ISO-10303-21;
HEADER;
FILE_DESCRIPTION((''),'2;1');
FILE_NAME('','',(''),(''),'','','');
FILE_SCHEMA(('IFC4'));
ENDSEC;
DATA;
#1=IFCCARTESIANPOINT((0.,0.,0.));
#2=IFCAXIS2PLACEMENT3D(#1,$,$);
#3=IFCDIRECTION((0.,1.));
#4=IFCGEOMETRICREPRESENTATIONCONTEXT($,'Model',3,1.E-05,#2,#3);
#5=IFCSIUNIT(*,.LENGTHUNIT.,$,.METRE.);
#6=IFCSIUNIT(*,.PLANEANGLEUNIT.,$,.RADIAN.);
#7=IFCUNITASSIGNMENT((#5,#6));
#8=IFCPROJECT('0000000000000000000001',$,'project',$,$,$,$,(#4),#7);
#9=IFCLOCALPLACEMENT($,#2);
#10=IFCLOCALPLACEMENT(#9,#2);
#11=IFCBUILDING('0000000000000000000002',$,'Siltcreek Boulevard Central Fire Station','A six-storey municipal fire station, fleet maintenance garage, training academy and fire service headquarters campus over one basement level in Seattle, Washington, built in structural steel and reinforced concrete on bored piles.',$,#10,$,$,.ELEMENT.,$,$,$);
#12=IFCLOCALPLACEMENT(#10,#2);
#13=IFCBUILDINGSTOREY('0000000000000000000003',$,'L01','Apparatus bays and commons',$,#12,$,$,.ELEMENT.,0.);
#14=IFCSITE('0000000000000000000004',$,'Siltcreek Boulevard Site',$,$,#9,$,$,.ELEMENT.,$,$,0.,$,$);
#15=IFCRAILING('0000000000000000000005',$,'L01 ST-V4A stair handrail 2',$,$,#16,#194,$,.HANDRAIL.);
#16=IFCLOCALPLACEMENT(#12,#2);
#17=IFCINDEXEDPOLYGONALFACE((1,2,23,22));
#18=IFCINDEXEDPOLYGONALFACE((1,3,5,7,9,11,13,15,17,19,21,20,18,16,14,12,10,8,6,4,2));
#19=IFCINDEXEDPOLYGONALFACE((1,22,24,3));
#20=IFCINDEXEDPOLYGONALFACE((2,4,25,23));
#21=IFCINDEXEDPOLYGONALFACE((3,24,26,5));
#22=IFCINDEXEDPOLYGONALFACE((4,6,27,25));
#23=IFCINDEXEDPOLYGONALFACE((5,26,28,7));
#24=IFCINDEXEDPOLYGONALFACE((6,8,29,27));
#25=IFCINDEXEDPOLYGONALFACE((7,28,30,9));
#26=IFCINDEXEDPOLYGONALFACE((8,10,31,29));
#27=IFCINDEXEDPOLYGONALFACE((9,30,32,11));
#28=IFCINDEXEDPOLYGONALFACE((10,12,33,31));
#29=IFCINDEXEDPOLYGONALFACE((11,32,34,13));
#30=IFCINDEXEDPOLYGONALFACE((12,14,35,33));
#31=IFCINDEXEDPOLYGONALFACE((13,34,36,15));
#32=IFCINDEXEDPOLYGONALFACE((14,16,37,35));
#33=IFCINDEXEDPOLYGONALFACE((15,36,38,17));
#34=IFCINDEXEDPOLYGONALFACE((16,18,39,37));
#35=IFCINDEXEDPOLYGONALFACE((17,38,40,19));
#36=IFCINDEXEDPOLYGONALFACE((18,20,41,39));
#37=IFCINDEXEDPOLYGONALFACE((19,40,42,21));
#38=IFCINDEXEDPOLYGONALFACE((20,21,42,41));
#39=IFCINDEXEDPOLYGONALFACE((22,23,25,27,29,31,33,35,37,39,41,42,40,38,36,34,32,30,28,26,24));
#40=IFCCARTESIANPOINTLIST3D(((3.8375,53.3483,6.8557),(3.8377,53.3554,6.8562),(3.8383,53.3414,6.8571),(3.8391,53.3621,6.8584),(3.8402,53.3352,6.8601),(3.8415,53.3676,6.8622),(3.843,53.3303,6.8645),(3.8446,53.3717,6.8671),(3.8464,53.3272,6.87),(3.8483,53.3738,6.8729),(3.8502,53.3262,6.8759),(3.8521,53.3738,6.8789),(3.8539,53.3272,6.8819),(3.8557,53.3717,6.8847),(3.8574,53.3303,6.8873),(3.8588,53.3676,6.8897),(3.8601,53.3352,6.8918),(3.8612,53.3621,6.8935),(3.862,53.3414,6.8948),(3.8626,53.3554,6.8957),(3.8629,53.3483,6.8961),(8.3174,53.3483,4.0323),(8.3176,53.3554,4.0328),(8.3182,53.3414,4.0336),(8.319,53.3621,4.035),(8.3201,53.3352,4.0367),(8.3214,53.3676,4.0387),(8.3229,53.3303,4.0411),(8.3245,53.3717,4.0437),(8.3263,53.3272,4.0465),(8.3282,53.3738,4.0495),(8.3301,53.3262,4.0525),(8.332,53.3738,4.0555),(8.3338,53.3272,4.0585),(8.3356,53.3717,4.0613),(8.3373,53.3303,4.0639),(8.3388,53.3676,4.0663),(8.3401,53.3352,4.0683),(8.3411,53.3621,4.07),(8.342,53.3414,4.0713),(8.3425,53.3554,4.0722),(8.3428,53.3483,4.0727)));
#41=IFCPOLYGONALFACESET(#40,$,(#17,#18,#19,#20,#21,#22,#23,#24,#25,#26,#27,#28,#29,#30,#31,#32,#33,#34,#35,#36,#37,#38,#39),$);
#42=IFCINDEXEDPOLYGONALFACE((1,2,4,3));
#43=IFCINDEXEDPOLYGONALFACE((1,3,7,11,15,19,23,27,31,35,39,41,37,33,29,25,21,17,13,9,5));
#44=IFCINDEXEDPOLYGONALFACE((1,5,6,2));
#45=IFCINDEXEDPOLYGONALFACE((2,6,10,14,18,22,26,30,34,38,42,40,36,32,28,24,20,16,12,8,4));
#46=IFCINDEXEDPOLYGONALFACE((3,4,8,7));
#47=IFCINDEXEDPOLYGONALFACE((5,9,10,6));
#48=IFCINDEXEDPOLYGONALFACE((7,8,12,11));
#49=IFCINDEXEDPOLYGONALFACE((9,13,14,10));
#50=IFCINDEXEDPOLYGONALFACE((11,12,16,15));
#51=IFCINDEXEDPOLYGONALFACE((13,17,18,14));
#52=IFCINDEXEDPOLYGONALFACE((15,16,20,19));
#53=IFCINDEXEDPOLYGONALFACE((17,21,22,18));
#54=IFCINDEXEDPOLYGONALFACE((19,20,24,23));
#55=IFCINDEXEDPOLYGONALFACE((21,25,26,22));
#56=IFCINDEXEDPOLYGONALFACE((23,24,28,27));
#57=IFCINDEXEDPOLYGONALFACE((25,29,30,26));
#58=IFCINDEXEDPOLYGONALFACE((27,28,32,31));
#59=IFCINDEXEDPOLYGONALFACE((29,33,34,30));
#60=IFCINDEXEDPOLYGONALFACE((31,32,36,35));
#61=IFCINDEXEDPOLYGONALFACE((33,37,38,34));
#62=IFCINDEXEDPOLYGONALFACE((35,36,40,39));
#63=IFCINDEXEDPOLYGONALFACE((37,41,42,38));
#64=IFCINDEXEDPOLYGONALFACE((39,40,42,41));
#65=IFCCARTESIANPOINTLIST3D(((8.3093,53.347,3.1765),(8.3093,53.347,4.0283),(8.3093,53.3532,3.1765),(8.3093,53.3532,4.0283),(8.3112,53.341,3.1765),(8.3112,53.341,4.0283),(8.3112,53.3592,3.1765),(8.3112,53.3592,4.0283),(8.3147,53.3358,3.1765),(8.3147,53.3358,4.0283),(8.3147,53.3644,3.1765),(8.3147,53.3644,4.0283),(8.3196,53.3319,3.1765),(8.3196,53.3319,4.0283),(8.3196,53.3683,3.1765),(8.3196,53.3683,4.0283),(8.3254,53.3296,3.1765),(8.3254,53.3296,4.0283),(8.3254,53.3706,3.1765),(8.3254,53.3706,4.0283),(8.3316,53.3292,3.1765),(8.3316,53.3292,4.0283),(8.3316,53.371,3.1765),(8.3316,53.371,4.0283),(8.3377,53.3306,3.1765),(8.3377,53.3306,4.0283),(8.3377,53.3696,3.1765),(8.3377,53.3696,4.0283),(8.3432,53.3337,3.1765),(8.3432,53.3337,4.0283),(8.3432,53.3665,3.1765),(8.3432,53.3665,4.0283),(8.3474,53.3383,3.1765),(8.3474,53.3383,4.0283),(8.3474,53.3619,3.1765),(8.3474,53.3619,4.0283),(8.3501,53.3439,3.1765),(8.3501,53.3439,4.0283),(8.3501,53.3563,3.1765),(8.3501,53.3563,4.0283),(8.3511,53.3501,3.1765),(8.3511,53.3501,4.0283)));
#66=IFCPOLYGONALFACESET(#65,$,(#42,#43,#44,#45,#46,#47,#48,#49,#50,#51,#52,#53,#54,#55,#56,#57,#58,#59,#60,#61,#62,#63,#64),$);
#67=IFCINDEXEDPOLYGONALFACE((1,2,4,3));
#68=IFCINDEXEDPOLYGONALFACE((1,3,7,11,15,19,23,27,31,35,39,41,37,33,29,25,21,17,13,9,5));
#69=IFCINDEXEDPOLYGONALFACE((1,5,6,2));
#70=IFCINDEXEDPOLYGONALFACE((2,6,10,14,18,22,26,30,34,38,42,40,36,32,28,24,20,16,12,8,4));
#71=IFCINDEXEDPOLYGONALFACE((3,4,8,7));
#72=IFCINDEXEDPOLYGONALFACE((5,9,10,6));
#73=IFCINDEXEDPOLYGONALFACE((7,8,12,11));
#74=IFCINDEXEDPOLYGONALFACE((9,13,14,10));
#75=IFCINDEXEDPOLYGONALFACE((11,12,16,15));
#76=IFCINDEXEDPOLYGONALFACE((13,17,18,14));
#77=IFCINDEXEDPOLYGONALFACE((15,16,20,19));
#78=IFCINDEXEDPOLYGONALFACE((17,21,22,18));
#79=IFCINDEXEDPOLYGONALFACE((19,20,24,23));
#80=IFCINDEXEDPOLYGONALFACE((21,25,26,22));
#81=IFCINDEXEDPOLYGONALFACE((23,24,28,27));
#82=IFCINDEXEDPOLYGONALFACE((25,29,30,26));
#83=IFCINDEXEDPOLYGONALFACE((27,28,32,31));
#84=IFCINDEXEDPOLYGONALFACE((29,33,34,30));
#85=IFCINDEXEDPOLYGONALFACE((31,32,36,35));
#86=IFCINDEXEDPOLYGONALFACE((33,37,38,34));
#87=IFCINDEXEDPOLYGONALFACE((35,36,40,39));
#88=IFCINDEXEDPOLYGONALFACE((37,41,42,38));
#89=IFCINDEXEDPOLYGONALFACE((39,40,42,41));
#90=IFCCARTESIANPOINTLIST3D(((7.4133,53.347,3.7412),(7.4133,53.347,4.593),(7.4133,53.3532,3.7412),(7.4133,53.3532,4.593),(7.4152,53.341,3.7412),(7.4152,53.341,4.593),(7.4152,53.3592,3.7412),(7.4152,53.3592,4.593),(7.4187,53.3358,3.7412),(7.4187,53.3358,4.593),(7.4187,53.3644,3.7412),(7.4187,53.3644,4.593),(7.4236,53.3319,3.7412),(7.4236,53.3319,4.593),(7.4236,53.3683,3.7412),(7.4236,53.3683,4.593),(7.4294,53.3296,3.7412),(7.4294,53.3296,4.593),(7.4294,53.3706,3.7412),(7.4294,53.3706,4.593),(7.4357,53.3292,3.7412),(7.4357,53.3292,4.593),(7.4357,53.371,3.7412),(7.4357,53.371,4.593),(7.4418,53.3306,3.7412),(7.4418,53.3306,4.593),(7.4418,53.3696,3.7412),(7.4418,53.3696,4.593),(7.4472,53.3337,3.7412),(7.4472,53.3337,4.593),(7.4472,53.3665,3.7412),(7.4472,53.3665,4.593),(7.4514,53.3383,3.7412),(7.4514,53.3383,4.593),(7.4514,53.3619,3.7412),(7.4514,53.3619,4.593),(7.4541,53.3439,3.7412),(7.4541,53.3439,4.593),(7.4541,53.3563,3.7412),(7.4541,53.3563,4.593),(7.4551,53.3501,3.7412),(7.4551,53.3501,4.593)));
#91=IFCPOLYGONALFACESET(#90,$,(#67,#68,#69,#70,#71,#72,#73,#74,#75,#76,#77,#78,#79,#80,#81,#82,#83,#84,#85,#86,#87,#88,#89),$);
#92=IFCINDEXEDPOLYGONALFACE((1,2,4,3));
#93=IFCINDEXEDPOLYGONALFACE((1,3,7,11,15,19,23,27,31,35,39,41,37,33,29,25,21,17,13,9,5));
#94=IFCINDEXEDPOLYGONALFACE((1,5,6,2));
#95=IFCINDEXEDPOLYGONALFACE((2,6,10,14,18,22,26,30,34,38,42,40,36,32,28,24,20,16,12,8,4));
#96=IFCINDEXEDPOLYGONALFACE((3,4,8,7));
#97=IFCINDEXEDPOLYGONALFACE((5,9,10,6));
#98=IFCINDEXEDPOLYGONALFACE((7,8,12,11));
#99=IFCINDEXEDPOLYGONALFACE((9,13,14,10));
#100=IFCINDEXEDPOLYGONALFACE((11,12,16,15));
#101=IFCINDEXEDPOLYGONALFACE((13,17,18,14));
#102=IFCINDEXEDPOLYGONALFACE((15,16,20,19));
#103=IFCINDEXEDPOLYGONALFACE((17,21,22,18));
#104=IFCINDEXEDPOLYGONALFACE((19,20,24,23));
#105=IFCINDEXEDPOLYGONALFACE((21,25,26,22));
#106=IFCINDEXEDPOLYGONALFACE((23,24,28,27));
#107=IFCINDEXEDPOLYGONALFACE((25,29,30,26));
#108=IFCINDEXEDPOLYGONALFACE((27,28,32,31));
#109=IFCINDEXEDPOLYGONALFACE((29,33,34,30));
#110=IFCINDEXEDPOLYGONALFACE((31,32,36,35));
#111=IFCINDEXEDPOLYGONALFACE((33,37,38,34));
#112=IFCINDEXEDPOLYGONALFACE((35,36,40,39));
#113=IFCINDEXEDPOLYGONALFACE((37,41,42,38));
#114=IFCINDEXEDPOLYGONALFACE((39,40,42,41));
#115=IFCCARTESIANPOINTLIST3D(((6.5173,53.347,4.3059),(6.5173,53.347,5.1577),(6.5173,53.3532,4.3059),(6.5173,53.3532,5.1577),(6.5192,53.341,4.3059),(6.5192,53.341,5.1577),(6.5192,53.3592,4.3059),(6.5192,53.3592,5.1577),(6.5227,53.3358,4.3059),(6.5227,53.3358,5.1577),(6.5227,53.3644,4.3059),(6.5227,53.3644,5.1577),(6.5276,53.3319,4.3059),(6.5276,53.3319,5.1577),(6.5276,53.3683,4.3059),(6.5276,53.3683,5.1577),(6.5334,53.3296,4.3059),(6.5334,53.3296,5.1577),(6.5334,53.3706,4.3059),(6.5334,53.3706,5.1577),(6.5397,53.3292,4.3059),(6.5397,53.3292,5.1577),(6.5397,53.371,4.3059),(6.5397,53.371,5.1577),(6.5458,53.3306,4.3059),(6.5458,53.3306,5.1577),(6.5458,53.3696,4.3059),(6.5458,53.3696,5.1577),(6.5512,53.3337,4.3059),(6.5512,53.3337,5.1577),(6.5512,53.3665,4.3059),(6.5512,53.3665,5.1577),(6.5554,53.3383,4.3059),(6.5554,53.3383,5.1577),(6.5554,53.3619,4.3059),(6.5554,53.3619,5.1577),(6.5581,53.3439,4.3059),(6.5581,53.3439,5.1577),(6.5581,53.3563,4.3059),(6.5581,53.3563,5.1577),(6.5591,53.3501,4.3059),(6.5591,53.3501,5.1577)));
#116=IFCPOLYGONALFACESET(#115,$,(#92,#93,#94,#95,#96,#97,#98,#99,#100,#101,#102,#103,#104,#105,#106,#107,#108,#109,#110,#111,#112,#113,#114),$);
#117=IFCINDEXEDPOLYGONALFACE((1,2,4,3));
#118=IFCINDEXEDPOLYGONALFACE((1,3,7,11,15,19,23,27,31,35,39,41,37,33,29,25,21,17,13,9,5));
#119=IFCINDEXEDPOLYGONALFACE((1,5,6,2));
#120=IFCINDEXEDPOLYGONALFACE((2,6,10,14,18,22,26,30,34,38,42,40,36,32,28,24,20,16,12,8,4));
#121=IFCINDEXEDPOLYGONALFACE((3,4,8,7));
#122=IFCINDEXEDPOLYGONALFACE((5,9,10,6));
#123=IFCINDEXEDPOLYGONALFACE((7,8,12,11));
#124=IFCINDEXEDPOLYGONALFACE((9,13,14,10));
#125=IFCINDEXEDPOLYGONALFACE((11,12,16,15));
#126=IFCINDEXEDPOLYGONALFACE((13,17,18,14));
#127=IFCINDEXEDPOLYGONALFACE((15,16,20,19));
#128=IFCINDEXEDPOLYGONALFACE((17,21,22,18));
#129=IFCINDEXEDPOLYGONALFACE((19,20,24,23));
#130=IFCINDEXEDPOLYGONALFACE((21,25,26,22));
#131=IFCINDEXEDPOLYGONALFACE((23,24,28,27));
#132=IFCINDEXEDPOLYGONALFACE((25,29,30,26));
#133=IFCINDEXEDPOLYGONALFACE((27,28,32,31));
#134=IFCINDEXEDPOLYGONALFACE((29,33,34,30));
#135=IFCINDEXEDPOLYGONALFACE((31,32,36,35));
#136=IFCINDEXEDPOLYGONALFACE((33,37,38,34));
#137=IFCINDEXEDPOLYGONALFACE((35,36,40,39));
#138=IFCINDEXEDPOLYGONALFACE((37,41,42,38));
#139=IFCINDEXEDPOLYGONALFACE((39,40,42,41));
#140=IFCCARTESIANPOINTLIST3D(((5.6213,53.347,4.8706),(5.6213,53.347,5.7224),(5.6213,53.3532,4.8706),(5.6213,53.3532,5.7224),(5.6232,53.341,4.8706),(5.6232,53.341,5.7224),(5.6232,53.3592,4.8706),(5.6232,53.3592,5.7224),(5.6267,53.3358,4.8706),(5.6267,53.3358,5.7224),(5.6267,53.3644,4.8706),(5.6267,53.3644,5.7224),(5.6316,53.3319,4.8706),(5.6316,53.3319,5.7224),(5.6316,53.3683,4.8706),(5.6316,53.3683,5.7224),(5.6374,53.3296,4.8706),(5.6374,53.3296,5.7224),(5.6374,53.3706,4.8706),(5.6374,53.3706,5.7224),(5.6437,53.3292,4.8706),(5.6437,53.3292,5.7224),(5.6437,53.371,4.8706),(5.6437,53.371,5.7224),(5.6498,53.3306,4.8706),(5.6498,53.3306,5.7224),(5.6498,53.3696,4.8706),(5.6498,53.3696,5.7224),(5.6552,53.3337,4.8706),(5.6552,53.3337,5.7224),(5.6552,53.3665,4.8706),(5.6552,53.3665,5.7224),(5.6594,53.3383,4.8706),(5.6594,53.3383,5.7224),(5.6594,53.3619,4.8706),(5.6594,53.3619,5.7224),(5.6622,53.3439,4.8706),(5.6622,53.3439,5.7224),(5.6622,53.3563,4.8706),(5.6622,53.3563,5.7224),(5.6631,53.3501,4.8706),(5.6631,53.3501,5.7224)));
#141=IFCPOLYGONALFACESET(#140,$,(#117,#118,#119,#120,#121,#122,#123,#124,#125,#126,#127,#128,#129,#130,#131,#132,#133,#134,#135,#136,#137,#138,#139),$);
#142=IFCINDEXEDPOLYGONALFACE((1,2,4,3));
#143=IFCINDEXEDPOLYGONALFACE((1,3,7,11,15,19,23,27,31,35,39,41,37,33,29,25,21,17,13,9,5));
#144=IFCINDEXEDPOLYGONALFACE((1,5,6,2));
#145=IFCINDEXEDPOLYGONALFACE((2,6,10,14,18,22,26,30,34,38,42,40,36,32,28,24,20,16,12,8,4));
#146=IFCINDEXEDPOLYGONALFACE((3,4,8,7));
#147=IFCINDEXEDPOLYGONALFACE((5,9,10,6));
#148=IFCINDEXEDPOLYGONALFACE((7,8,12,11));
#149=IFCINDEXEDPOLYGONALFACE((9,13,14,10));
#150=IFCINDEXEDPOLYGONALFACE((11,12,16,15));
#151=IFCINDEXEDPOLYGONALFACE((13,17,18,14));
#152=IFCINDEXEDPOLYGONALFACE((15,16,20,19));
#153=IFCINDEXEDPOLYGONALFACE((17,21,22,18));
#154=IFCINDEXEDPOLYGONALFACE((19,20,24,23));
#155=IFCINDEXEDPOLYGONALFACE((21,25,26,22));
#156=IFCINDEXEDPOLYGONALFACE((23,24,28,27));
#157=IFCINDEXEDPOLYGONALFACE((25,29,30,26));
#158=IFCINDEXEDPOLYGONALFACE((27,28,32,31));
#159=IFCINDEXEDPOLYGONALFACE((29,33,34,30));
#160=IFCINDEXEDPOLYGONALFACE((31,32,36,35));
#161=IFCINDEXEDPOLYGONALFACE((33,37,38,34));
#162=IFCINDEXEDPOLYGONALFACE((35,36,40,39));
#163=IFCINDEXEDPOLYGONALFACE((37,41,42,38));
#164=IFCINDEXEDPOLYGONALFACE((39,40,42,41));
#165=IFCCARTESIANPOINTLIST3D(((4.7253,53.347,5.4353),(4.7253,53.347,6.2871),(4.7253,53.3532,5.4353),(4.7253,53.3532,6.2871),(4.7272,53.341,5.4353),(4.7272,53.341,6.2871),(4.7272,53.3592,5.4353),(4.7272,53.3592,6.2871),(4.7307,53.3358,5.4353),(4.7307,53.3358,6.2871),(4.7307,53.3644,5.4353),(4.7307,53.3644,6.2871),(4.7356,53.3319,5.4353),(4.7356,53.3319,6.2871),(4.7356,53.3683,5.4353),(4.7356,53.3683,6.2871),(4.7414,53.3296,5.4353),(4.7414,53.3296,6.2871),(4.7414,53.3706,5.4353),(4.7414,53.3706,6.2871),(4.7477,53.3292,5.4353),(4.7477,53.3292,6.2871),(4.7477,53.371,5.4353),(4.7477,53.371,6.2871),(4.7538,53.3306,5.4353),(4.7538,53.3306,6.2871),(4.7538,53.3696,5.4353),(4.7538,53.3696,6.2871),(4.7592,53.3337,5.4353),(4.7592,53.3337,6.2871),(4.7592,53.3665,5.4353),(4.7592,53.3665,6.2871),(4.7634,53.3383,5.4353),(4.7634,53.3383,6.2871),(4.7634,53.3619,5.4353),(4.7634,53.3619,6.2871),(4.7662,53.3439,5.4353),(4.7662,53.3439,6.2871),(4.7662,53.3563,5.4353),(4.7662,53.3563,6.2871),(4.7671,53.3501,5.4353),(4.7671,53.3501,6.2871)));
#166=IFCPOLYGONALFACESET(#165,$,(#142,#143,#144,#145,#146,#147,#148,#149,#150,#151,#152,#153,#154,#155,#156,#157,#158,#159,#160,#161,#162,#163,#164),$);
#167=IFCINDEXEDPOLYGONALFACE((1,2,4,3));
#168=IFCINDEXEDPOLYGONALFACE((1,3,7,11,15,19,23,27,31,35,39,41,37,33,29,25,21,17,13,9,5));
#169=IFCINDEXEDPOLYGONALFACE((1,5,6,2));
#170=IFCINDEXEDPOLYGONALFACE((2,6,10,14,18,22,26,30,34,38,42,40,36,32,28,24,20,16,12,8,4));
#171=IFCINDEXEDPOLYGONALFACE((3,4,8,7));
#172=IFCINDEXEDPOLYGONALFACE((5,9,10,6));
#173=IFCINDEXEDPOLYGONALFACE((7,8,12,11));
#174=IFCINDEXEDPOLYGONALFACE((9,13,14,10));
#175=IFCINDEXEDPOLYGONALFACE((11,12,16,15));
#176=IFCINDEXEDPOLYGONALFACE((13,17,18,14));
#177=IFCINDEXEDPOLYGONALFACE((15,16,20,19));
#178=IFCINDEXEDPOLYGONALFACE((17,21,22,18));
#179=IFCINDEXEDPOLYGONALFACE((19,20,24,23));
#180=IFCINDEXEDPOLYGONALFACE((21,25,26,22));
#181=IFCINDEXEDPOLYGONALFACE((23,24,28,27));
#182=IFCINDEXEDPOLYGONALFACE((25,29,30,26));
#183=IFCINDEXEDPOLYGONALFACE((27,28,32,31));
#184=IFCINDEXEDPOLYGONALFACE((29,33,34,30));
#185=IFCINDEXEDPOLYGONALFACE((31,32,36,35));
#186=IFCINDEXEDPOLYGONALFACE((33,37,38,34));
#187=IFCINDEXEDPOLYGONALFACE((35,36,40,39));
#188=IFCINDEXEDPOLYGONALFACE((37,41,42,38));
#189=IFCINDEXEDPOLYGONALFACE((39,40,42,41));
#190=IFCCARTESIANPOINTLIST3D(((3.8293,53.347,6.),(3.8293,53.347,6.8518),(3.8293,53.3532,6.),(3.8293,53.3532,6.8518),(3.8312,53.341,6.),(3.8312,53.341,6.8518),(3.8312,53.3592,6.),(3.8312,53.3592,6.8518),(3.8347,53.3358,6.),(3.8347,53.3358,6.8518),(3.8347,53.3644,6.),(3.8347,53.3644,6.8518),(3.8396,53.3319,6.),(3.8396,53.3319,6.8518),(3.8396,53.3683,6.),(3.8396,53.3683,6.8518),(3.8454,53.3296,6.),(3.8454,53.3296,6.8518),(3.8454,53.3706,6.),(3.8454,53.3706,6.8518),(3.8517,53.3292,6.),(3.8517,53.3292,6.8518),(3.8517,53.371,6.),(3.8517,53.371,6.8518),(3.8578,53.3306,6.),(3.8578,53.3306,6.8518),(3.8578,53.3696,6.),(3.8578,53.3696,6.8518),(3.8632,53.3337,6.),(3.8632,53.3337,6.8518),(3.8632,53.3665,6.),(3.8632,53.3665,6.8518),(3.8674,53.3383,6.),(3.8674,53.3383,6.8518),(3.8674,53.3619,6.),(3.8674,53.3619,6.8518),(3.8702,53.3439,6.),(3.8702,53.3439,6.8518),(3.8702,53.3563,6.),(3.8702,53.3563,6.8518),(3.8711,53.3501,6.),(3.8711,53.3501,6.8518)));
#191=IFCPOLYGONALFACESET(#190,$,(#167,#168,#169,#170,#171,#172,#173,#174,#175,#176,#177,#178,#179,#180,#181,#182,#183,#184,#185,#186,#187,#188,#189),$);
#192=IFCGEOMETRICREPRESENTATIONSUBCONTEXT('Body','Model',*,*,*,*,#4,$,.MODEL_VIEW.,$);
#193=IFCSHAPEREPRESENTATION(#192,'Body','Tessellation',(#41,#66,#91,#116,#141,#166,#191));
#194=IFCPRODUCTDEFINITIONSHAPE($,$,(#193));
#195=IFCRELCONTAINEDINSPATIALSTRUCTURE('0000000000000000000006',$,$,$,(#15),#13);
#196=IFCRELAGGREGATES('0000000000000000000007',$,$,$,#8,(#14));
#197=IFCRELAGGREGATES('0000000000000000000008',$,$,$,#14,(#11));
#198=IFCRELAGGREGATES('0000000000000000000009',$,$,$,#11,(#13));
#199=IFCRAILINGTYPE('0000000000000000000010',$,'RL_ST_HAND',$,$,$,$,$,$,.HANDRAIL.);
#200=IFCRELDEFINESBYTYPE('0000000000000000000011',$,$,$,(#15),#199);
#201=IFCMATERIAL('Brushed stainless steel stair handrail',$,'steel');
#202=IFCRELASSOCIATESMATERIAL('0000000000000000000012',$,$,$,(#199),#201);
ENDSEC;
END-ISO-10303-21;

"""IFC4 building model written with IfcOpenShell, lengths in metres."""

from ifc_helpers import new_model, si_unit, direction, frame, origin, origin_2d, place, context, subcontext, project, spatial, circle, extrude, material, type_object, element, save


model = new_model("IFC4")

# Units and contexts
model_context = context("Model", 3, precision=1e-05, world=origin(), true_north=direction((0.0, 1.0)))
body_context = subcontext(model_context, "Body", "Model", "MODEL_VIEW")
ifc_project = project(units=[si_unit("LENGTHUNIT", "METRE"), si_unit("PLANEANGLEUNIT", "RADIAN")], contexts=[model_context])

# Site, building, storey
site_placement = place(None, origin())
site = spatial("IfcSite", under=ifc_project, at=site_placement, Name="Siltcreek Boulevard Site", CompositionType="ELEMENT", RefElevation=0.0)
building_placement = place(site_placement, origin())
building = spatial("IfcBuilding", under=site, at=building_placement, Name="Siltcreek Boulevard Central Fire Station", Description="A six-storey municipal fire station, fleet maintenance garage, training academy and fire service headquarters campus over one basement level in Seattle, Washington, built in structural steel and reinforced concrete on bored piles.", CompositionType="ELEMENT")
storey_placement = place(building_placement, origin())
storey = spatial("IfcBuildingStorey", under=building, at=storey_placement, Name="L01", Description="Apparatus bays and commons", CompositionType="ELEMENT", Elevation=0.0)

# Railing
ifc_material_1 = material(Name="Brushed stainless steel stair handrail", Category="steel")
railing_type_1 = type_object("IfcRailingType", Name="RL_ST_HAND", PredefinedType="HANDRAIL", material=ifc_material_1)
railing_1_placement = place(storey_placement, frame((8.3301, 53.3501, 3.1765)))
element("IfcRailing", 1, at=railing_1_placement, inside=storey, type_object=railing_type_1, Name="L01 ST-V4A stair handrail 2", PredefinedType="HANDRAIL", context=body_context, shape_type="SweptSolid", body=[
    extrude(circle(Radius=0.0239, at=origin_2d()), frame((0.0, 0.0, 0.876), z_axis=(-0.845998, 0.0, 0.533186), x_axis=(0.0, -1.0, 0.0)), (0.0, 0.0, 1.0), 5.2954),
    extrude(circle(Radius=0.021, at=origin_2d()), origin(), (0.0, 0.0, 1.0), 0.8518),
    extrude(circle(Radius=0.021, at=origin_2d()), frame((-0.896, 0.0, 0.5647)), (0.0, 0.0, 1.0), 0.8518),
    extrude(circle(Radius=0.021, at=origin_2d()), frame((-1.792, 0.0, 1.1294)), (0.0, 0.0, 1.0), 0.8518),
    extrude(circle(Radius=0.021, at=origin_2d()), frame((-2.688, 0.0, 1.6941)), (0.0, 0.0, 1.0), 0.8518),
    extrude(circle(Radius=0.021, at=origin_2d()), frame((-3.584, 0.0, 2.2588)), (0.0, 0.0, 1.0), 0.8518),
    extrude(circle(Radius=0.021, at=origin_2d()), frame((-4.48, 0.0, 2.8235)), (0.0, 0.0, 1.0), 0.8518),
])

save(model, "model.ifc")
